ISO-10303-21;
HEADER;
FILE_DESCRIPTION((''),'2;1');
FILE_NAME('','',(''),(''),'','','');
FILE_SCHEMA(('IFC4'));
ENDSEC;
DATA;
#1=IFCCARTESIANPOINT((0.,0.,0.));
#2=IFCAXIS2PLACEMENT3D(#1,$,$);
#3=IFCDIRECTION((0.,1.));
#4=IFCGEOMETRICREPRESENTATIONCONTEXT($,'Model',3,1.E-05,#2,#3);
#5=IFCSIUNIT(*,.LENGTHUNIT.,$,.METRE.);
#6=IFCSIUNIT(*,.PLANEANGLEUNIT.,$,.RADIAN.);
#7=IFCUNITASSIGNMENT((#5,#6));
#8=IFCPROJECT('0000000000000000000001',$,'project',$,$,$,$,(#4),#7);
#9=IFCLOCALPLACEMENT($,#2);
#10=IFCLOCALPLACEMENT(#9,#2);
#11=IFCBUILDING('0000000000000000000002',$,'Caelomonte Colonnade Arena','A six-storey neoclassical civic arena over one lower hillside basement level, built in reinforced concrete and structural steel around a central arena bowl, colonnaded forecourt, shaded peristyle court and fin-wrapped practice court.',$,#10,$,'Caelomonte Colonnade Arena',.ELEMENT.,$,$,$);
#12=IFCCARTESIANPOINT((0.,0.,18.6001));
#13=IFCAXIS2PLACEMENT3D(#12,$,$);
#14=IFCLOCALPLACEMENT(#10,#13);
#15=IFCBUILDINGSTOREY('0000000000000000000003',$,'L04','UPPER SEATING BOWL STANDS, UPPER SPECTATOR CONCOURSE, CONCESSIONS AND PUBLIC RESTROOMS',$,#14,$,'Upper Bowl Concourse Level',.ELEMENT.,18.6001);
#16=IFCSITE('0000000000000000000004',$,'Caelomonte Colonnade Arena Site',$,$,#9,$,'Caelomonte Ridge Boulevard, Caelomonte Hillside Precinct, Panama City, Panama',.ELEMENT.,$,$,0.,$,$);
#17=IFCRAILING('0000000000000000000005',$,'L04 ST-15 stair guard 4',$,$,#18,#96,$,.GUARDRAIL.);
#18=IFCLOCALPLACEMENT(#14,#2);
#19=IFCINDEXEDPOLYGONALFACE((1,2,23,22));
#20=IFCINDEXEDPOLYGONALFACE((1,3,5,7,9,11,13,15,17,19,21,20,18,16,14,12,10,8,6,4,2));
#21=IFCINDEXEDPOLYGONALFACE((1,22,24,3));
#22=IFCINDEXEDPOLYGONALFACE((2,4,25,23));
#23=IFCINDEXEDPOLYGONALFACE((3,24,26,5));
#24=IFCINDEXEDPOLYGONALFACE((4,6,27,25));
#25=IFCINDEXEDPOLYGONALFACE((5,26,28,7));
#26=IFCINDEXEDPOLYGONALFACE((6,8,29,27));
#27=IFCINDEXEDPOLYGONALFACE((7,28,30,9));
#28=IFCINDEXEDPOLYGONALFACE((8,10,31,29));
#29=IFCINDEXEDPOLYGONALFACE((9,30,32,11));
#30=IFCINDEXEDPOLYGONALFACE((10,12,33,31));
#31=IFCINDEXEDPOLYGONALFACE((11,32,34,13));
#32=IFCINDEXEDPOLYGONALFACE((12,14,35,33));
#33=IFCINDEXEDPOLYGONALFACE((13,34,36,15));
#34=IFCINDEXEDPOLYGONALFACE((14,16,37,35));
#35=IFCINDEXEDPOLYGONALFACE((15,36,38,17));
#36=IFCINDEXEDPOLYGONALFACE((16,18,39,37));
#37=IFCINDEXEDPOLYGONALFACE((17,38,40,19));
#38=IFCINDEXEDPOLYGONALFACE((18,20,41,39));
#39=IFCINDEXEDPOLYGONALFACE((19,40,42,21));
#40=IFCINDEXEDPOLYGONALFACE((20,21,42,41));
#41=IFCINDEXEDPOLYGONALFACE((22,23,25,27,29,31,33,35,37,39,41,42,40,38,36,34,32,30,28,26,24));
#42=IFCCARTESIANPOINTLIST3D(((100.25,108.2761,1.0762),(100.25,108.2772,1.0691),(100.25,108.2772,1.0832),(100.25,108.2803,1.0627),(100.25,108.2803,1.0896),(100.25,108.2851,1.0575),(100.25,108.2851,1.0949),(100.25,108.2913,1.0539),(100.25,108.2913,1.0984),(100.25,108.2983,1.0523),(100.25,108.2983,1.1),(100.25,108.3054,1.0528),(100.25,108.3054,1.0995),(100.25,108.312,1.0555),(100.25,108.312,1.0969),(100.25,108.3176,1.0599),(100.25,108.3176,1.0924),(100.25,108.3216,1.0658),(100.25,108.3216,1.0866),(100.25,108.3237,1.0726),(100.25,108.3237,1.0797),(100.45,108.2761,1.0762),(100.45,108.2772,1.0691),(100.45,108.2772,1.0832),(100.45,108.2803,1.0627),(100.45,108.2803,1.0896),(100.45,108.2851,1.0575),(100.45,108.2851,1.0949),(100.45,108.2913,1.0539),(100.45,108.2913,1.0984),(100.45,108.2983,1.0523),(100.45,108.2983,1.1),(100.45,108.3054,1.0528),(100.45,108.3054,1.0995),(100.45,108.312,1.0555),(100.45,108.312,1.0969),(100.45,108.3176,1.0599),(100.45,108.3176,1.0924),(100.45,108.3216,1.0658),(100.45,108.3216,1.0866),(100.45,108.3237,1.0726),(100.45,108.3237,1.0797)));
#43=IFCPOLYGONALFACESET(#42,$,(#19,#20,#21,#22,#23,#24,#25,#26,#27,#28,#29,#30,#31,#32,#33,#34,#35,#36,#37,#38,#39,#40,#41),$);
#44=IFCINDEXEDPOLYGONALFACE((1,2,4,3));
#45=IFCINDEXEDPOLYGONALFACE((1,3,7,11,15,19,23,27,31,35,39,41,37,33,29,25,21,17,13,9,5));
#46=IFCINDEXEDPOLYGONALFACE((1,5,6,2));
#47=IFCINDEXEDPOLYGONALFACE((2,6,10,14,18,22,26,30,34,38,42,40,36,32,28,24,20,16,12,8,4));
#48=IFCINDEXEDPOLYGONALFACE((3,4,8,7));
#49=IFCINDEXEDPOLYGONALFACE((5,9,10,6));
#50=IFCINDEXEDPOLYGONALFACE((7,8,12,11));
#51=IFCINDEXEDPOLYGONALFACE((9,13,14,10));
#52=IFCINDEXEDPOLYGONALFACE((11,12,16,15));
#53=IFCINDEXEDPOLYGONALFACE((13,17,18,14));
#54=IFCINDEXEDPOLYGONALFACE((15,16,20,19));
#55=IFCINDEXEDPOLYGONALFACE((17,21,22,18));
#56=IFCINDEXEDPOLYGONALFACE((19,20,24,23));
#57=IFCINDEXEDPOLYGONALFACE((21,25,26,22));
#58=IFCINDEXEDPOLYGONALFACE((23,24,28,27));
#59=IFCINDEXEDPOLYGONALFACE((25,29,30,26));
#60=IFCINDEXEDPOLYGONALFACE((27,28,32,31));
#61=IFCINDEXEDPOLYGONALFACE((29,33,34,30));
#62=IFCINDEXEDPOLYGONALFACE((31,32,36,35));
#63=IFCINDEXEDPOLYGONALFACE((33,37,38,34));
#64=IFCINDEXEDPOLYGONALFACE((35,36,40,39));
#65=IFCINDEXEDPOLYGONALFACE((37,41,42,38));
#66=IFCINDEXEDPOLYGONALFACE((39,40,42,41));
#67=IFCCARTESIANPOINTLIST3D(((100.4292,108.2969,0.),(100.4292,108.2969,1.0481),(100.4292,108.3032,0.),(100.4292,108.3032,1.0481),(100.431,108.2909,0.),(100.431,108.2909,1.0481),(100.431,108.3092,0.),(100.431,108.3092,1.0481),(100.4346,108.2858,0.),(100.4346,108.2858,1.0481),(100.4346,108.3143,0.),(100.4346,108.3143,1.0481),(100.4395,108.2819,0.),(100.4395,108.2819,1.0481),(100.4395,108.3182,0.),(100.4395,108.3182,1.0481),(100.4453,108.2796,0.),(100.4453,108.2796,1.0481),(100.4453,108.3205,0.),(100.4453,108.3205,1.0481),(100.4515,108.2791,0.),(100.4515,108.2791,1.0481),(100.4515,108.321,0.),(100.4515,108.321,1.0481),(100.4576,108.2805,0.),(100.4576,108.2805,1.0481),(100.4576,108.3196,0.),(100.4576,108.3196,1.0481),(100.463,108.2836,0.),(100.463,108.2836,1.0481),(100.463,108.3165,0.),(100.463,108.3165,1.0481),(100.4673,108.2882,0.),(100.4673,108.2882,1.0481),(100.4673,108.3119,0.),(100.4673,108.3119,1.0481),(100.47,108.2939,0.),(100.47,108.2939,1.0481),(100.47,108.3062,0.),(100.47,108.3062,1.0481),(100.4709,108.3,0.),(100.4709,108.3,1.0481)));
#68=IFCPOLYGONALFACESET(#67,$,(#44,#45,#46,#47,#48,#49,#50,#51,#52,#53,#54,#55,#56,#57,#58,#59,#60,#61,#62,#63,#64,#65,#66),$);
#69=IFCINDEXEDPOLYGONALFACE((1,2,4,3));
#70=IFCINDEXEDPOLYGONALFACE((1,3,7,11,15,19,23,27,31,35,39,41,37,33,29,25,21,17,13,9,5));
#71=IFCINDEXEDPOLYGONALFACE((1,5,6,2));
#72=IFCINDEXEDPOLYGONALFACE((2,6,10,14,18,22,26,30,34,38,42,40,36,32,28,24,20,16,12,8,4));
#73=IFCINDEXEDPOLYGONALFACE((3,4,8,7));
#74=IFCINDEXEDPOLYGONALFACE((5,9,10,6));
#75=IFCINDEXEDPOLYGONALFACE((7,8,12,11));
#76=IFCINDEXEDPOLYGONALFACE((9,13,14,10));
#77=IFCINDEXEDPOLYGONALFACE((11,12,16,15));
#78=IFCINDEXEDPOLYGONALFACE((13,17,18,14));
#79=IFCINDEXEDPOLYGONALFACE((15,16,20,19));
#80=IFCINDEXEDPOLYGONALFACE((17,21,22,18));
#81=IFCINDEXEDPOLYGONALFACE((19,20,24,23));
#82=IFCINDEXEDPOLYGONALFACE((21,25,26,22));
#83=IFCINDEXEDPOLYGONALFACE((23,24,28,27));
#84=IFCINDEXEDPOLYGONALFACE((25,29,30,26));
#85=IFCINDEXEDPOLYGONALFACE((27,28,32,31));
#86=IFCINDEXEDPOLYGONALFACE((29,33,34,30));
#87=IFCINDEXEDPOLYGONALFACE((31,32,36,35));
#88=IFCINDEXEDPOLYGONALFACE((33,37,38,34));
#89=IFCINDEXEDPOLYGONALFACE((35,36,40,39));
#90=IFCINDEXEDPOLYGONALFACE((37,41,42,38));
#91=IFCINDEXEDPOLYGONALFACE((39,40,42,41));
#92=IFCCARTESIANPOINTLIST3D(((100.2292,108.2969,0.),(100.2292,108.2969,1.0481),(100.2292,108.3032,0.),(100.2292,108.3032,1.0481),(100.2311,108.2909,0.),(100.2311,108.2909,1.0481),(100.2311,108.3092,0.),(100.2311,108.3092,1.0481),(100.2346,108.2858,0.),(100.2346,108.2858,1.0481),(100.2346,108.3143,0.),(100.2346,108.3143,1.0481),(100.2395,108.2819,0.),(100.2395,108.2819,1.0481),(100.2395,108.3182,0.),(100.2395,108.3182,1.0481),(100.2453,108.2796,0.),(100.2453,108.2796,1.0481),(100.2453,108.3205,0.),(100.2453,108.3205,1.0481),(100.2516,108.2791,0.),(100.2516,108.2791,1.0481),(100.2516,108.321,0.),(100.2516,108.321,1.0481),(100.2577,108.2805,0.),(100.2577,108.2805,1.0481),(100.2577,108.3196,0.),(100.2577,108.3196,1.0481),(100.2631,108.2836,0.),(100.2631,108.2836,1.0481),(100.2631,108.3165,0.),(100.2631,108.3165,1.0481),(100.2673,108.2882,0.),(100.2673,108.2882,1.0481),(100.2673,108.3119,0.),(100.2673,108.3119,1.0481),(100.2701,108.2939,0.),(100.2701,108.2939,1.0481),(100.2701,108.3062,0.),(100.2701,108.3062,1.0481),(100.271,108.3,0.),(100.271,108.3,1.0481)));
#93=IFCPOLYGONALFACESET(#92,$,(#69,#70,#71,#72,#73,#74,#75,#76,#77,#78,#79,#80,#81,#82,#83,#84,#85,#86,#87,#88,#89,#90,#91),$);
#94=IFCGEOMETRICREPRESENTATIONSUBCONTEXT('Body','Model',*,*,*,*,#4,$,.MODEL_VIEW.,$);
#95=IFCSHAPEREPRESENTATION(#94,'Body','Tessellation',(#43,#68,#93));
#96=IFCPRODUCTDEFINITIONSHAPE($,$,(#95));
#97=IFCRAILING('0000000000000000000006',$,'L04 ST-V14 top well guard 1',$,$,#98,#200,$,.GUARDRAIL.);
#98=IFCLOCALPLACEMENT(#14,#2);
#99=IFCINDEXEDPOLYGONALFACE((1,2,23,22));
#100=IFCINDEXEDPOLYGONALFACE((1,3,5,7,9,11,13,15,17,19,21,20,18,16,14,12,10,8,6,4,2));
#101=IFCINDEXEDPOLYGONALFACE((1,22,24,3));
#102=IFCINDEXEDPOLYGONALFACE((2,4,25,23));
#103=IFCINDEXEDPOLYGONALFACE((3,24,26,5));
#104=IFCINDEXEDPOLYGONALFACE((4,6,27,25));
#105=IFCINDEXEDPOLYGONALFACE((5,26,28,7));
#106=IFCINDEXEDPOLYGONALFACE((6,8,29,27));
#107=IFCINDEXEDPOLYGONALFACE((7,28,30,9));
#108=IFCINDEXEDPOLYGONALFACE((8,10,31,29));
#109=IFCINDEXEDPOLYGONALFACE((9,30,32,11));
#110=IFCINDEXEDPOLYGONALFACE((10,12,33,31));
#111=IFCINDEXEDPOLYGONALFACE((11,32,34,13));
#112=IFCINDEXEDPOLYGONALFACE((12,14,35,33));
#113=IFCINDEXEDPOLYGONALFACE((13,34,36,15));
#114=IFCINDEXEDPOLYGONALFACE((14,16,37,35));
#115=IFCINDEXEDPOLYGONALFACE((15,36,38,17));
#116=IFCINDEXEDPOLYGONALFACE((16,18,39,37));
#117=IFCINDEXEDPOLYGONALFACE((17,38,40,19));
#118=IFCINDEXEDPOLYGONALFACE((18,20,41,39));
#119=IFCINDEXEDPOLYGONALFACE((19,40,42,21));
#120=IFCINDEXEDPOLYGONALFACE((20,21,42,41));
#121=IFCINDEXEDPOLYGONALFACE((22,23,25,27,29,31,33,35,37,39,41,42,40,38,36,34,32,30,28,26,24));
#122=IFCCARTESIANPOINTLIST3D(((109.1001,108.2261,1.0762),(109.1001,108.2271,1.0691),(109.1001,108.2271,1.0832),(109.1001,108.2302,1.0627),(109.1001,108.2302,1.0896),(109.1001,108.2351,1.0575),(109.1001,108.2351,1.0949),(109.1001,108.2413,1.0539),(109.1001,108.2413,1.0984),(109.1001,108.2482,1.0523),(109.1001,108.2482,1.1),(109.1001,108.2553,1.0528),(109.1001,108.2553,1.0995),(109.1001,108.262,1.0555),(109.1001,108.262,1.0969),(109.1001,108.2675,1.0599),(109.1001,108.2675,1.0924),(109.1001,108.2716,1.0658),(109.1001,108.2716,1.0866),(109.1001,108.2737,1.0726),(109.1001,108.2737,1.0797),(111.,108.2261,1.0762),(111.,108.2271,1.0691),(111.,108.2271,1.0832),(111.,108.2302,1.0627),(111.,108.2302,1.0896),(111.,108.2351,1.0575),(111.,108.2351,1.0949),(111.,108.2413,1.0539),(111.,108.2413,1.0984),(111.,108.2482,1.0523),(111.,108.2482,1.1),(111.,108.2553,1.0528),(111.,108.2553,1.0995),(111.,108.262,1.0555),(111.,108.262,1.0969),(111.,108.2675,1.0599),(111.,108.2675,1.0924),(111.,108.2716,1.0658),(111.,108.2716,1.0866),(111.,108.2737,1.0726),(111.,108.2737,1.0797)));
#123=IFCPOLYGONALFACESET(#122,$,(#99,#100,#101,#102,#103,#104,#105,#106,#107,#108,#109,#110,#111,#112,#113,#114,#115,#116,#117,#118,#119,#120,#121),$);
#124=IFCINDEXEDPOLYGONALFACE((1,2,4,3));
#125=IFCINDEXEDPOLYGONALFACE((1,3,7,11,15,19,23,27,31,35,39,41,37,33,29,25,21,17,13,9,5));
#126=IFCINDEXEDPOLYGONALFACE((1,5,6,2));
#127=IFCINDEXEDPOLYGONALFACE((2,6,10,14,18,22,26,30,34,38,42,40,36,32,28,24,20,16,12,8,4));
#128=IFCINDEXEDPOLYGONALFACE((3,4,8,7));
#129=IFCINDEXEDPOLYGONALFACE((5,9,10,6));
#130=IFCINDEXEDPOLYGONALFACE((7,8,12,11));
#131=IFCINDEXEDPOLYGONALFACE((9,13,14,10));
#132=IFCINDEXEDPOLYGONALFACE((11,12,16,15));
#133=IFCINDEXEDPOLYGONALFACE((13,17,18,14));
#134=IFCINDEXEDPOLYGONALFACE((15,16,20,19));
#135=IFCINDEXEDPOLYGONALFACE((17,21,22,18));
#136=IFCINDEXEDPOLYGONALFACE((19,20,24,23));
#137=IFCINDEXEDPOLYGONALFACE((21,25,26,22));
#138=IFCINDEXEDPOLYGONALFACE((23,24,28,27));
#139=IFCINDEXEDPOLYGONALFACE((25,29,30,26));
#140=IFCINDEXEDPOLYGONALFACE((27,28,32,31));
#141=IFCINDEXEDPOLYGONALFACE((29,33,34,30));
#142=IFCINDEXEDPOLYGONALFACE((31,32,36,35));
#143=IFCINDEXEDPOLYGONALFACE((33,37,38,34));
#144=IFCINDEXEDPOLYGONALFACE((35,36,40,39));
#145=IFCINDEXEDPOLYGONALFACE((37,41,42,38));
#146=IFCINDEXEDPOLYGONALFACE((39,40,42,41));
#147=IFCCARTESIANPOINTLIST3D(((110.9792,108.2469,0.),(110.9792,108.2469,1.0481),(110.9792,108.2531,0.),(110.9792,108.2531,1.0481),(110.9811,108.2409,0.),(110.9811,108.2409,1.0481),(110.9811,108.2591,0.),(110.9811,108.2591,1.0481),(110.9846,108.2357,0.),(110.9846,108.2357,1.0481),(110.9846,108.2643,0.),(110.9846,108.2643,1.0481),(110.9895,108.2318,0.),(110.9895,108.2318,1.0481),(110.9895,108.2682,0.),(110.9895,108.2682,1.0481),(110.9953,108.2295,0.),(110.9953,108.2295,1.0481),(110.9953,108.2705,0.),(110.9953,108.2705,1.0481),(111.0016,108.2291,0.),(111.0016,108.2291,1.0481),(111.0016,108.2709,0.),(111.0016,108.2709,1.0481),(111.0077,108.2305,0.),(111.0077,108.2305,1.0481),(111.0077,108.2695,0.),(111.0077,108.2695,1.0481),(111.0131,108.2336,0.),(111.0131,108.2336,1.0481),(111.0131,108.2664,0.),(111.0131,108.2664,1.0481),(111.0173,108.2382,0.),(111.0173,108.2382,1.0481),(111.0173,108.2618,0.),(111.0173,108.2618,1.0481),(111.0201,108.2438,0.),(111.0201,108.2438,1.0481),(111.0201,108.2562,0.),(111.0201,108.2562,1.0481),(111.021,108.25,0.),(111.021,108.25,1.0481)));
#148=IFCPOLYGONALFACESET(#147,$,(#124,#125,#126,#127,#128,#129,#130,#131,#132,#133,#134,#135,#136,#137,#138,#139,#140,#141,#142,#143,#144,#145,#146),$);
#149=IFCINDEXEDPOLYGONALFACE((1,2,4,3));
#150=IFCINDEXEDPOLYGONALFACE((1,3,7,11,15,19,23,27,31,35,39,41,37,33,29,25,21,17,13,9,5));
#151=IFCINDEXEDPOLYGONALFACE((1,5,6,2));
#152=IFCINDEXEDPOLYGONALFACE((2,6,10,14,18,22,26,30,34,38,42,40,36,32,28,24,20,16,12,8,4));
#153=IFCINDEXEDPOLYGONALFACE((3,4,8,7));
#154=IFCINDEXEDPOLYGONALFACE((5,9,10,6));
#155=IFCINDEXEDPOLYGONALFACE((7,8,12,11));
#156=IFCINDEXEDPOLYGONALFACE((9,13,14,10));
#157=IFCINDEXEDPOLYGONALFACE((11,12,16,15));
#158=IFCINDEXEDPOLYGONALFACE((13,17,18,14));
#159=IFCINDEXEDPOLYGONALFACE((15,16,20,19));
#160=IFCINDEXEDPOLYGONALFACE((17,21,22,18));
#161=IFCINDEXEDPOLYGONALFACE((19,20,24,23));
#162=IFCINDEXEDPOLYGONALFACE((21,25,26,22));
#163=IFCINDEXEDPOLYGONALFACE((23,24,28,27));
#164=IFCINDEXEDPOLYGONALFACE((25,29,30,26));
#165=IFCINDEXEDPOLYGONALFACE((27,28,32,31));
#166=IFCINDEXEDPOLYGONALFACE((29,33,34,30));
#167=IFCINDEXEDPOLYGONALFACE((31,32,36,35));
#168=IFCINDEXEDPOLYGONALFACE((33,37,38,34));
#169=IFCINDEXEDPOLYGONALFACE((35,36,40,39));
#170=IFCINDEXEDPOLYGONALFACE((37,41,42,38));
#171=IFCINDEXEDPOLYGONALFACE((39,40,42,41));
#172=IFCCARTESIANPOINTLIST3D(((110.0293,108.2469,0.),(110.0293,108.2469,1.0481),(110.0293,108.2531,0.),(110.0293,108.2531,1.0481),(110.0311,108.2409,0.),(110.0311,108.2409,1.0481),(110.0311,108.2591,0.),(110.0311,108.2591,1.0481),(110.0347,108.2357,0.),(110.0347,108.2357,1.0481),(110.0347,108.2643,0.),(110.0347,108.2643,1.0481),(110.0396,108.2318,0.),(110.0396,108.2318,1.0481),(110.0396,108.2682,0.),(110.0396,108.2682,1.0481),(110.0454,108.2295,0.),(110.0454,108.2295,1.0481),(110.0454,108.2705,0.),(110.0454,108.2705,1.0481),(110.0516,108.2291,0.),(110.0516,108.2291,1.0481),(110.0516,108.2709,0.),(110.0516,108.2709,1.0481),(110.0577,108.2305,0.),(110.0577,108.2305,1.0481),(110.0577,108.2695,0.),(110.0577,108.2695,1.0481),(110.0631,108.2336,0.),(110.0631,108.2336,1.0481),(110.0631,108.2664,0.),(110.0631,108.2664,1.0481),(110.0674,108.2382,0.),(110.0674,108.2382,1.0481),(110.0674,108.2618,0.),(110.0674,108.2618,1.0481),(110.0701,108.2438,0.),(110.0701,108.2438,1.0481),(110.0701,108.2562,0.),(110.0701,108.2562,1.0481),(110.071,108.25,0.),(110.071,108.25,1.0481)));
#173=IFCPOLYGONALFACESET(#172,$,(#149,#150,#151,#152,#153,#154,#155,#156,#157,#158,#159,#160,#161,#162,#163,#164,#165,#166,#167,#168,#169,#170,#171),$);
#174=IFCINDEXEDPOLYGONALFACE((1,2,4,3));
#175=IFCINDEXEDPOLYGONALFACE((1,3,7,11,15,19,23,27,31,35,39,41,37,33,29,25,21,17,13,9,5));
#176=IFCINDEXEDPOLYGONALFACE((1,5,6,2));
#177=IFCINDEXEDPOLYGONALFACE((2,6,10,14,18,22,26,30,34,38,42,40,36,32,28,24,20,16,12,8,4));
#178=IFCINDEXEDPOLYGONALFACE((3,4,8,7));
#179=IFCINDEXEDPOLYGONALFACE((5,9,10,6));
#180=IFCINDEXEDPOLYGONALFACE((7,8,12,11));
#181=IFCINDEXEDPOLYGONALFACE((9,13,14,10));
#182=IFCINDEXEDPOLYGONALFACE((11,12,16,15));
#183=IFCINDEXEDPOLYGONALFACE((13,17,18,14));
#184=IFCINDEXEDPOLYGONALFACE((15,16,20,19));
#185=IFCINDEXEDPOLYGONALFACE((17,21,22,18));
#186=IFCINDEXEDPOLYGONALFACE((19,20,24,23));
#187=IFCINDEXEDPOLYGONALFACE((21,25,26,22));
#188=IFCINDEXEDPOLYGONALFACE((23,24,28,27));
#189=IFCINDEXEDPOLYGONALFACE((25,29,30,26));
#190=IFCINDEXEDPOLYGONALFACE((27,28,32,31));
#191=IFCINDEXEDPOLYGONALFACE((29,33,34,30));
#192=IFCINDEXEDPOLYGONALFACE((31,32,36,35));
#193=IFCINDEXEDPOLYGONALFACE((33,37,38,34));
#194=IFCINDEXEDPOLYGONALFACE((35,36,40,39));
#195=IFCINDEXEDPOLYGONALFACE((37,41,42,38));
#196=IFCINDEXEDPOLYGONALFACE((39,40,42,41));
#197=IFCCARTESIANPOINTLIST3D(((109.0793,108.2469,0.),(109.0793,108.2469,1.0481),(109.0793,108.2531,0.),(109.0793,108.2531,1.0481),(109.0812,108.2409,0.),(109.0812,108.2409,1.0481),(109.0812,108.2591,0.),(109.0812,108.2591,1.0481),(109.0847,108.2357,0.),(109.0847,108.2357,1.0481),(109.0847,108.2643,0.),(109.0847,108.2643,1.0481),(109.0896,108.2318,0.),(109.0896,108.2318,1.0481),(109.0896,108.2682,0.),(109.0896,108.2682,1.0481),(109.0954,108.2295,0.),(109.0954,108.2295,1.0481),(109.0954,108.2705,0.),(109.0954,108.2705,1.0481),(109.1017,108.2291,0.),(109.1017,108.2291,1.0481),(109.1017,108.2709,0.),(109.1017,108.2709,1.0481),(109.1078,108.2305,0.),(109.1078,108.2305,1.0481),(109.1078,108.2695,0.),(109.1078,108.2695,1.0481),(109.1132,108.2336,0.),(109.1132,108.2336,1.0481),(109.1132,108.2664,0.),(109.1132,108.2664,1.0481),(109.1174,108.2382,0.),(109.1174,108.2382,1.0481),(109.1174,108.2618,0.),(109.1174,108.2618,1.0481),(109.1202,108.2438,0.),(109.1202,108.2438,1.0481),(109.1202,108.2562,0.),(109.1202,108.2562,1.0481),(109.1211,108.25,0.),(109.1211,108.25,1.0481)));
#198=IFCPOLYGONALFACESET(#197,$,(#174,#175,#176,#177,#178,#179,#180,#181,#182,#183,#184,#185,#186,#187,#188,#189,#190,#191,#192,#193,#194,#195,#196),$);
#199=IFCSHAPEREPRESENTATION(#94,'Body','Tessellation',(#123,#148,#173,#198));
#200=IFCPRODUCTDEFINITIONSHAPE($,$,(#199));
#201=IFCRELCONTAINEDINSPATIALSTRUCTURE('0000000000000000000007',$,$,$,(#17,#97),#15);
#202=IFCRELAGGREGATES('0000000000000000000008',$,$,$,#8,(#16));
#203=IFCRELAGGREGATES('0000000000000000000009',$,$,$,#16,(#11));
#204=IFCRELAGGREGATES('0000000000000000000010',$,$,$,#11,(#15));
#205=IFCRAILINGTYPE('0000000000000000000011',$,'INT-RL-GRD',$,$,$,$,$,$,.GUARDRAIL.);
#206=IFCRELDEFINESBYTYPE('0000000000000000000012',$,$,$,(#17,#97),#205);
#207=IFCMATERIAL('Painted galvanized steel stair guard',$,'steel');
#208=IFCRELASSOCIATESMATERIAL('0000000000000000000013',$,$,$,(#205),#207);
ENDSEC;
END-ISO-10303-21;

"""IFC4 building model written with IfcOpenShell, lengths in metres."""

from ifc_helpers import new_model, si_unit, direction, frame, origin, origin_2d, place, context, subcontext, project, spatial, circle, extrude, material, type_object, element, save


model = new_model("IFC4")

# Units and contexts
model_context = context("Model", 3, precision=1e-05, world=origin(), true_north=direction((0.0, 1.0)))
body_context = subcontext(model_context, "Body", "Model", "MODEL_VIEW")
ifc_project = project(units=[si_unit("LENGTHUNIT", "METRE"), si_unit("PLANEANGLEUNIT", "RADIAN")], contexts=[model_context])

# Site, building, storey
site_placement = place(None, origin())
site = spatial("IfcSite", under=ifc_project, at=site_placement, Name="Caelomonte Colonnade Arena Site", LongName="Caelomonte Ridge Boulevard, Caelomonte Hillside Precinct, Panama City, Panama", CompositionType="ELEMENT", RefElevation=0.0)
building_placement = place(site_placement, origin())
building = spatial("IfcBuilding", under=site, at=building_placement, Name="Caelomonte Colonnade Arena", Description="A six-storey neoclassical civic arena over one lower hillside basement level, built in reinforced concrete and structural steel around a central arena bowl, colonnaded forecourt, shaded peristyle court and fin-wrapped practice court.", LongName="Caelomonte Colonnade Arena", CompositionType="ELEMENT")
storey_placement = place(building_placement, frame((0.0, 0.0, 18.6001)))
storey = spatial("IfcBuildingStorey", under=building, at=storey_placement, Name="L04", Description="UPPER SEATING BOWL STANDS, UPPER SPECTATOR CONCOURSE, CONCESSIONS AND PUBLIC RESTROOMS", LongName="Upper Bowl Concourse Level", CompositionType="ELEMENT", Elevation=18.6001)

# Railings
ifc_material_1 = material(Name="Painted galvanized steel stair guard", Category="steel")
railing_type_1 = type_object("IfcRailingType", Name="INT-RL-GRD", PredefinedType="GUARDRAIL", material=ifc_material_1)
railing_1_placement = place(storey_placement, frame((100.45, 108.3, 0.0)))
element("IfcRailing", 1, at=railing_1_placement, inside=storey, type_object=railing_type_1, Name="L04 ST-15 stair guard 4", PredefinedType="GUARDRAIL", context=body_context, shape_type="SweptSolid", body=[
    extrude(circle(Radius=0.0239, at=origin_2d()), frame((0.0, 0.0, 1.0762), z_axis=(-1.0, 0.0, 0.0), x_axis=(0.0, -1.0, 0.0)), (0.0, 0.0, 1.0), 0.2),
    extrude(circle(Radius=0.021, at=origin_2d()), origin(), (0.0, 0.0, 1.0), 1.0481),
    extrude(circle(Radius=0.021, at=origin_2d()), frame((-0.2, 0.0, 0.0)), (0.0, 0.0, 1.0), 1.0481),
])
railing_2_placement = place(storey_placement, frame((111.0, 108.25, 0.0)))
element("IfcRailing", 2, at=railing_2_placement, inside=storey, type_object=railing_type_1, Name="L04 ST-V14 top well guard 1", PredefinedType="GUARDRAIL", context=body_context, shape_type="SweptSolid", body=[
    extrude(circle(Radius=0.0239, at=origin_2d()), frame((0.0, 0.0, 1.0762), z_axis=(-1.0, 0.0, 0.0), x_axis=(0.0, -1.0, 0.0)), (0.0, 0.0, 1.0), 1.8999),
    extrude(circle(Radius=0.021, at=origin_2d()), origin(), (0.0, 0.0, 1.0), 1.0481),
    extrude(circle(Radius=0.021, at=origin_2d()), frame((-0.95, 0.0, 0.0)), (0.0, 0.0, 1.0), 1.0481),
    extrude(circle(Radius=0.021, at=origin_2d()), frame((-1.8999, 0.0, 0.0)), (0.0, 0.0, 1.0), 1.0481),
])

save(model, "model.ifc")
